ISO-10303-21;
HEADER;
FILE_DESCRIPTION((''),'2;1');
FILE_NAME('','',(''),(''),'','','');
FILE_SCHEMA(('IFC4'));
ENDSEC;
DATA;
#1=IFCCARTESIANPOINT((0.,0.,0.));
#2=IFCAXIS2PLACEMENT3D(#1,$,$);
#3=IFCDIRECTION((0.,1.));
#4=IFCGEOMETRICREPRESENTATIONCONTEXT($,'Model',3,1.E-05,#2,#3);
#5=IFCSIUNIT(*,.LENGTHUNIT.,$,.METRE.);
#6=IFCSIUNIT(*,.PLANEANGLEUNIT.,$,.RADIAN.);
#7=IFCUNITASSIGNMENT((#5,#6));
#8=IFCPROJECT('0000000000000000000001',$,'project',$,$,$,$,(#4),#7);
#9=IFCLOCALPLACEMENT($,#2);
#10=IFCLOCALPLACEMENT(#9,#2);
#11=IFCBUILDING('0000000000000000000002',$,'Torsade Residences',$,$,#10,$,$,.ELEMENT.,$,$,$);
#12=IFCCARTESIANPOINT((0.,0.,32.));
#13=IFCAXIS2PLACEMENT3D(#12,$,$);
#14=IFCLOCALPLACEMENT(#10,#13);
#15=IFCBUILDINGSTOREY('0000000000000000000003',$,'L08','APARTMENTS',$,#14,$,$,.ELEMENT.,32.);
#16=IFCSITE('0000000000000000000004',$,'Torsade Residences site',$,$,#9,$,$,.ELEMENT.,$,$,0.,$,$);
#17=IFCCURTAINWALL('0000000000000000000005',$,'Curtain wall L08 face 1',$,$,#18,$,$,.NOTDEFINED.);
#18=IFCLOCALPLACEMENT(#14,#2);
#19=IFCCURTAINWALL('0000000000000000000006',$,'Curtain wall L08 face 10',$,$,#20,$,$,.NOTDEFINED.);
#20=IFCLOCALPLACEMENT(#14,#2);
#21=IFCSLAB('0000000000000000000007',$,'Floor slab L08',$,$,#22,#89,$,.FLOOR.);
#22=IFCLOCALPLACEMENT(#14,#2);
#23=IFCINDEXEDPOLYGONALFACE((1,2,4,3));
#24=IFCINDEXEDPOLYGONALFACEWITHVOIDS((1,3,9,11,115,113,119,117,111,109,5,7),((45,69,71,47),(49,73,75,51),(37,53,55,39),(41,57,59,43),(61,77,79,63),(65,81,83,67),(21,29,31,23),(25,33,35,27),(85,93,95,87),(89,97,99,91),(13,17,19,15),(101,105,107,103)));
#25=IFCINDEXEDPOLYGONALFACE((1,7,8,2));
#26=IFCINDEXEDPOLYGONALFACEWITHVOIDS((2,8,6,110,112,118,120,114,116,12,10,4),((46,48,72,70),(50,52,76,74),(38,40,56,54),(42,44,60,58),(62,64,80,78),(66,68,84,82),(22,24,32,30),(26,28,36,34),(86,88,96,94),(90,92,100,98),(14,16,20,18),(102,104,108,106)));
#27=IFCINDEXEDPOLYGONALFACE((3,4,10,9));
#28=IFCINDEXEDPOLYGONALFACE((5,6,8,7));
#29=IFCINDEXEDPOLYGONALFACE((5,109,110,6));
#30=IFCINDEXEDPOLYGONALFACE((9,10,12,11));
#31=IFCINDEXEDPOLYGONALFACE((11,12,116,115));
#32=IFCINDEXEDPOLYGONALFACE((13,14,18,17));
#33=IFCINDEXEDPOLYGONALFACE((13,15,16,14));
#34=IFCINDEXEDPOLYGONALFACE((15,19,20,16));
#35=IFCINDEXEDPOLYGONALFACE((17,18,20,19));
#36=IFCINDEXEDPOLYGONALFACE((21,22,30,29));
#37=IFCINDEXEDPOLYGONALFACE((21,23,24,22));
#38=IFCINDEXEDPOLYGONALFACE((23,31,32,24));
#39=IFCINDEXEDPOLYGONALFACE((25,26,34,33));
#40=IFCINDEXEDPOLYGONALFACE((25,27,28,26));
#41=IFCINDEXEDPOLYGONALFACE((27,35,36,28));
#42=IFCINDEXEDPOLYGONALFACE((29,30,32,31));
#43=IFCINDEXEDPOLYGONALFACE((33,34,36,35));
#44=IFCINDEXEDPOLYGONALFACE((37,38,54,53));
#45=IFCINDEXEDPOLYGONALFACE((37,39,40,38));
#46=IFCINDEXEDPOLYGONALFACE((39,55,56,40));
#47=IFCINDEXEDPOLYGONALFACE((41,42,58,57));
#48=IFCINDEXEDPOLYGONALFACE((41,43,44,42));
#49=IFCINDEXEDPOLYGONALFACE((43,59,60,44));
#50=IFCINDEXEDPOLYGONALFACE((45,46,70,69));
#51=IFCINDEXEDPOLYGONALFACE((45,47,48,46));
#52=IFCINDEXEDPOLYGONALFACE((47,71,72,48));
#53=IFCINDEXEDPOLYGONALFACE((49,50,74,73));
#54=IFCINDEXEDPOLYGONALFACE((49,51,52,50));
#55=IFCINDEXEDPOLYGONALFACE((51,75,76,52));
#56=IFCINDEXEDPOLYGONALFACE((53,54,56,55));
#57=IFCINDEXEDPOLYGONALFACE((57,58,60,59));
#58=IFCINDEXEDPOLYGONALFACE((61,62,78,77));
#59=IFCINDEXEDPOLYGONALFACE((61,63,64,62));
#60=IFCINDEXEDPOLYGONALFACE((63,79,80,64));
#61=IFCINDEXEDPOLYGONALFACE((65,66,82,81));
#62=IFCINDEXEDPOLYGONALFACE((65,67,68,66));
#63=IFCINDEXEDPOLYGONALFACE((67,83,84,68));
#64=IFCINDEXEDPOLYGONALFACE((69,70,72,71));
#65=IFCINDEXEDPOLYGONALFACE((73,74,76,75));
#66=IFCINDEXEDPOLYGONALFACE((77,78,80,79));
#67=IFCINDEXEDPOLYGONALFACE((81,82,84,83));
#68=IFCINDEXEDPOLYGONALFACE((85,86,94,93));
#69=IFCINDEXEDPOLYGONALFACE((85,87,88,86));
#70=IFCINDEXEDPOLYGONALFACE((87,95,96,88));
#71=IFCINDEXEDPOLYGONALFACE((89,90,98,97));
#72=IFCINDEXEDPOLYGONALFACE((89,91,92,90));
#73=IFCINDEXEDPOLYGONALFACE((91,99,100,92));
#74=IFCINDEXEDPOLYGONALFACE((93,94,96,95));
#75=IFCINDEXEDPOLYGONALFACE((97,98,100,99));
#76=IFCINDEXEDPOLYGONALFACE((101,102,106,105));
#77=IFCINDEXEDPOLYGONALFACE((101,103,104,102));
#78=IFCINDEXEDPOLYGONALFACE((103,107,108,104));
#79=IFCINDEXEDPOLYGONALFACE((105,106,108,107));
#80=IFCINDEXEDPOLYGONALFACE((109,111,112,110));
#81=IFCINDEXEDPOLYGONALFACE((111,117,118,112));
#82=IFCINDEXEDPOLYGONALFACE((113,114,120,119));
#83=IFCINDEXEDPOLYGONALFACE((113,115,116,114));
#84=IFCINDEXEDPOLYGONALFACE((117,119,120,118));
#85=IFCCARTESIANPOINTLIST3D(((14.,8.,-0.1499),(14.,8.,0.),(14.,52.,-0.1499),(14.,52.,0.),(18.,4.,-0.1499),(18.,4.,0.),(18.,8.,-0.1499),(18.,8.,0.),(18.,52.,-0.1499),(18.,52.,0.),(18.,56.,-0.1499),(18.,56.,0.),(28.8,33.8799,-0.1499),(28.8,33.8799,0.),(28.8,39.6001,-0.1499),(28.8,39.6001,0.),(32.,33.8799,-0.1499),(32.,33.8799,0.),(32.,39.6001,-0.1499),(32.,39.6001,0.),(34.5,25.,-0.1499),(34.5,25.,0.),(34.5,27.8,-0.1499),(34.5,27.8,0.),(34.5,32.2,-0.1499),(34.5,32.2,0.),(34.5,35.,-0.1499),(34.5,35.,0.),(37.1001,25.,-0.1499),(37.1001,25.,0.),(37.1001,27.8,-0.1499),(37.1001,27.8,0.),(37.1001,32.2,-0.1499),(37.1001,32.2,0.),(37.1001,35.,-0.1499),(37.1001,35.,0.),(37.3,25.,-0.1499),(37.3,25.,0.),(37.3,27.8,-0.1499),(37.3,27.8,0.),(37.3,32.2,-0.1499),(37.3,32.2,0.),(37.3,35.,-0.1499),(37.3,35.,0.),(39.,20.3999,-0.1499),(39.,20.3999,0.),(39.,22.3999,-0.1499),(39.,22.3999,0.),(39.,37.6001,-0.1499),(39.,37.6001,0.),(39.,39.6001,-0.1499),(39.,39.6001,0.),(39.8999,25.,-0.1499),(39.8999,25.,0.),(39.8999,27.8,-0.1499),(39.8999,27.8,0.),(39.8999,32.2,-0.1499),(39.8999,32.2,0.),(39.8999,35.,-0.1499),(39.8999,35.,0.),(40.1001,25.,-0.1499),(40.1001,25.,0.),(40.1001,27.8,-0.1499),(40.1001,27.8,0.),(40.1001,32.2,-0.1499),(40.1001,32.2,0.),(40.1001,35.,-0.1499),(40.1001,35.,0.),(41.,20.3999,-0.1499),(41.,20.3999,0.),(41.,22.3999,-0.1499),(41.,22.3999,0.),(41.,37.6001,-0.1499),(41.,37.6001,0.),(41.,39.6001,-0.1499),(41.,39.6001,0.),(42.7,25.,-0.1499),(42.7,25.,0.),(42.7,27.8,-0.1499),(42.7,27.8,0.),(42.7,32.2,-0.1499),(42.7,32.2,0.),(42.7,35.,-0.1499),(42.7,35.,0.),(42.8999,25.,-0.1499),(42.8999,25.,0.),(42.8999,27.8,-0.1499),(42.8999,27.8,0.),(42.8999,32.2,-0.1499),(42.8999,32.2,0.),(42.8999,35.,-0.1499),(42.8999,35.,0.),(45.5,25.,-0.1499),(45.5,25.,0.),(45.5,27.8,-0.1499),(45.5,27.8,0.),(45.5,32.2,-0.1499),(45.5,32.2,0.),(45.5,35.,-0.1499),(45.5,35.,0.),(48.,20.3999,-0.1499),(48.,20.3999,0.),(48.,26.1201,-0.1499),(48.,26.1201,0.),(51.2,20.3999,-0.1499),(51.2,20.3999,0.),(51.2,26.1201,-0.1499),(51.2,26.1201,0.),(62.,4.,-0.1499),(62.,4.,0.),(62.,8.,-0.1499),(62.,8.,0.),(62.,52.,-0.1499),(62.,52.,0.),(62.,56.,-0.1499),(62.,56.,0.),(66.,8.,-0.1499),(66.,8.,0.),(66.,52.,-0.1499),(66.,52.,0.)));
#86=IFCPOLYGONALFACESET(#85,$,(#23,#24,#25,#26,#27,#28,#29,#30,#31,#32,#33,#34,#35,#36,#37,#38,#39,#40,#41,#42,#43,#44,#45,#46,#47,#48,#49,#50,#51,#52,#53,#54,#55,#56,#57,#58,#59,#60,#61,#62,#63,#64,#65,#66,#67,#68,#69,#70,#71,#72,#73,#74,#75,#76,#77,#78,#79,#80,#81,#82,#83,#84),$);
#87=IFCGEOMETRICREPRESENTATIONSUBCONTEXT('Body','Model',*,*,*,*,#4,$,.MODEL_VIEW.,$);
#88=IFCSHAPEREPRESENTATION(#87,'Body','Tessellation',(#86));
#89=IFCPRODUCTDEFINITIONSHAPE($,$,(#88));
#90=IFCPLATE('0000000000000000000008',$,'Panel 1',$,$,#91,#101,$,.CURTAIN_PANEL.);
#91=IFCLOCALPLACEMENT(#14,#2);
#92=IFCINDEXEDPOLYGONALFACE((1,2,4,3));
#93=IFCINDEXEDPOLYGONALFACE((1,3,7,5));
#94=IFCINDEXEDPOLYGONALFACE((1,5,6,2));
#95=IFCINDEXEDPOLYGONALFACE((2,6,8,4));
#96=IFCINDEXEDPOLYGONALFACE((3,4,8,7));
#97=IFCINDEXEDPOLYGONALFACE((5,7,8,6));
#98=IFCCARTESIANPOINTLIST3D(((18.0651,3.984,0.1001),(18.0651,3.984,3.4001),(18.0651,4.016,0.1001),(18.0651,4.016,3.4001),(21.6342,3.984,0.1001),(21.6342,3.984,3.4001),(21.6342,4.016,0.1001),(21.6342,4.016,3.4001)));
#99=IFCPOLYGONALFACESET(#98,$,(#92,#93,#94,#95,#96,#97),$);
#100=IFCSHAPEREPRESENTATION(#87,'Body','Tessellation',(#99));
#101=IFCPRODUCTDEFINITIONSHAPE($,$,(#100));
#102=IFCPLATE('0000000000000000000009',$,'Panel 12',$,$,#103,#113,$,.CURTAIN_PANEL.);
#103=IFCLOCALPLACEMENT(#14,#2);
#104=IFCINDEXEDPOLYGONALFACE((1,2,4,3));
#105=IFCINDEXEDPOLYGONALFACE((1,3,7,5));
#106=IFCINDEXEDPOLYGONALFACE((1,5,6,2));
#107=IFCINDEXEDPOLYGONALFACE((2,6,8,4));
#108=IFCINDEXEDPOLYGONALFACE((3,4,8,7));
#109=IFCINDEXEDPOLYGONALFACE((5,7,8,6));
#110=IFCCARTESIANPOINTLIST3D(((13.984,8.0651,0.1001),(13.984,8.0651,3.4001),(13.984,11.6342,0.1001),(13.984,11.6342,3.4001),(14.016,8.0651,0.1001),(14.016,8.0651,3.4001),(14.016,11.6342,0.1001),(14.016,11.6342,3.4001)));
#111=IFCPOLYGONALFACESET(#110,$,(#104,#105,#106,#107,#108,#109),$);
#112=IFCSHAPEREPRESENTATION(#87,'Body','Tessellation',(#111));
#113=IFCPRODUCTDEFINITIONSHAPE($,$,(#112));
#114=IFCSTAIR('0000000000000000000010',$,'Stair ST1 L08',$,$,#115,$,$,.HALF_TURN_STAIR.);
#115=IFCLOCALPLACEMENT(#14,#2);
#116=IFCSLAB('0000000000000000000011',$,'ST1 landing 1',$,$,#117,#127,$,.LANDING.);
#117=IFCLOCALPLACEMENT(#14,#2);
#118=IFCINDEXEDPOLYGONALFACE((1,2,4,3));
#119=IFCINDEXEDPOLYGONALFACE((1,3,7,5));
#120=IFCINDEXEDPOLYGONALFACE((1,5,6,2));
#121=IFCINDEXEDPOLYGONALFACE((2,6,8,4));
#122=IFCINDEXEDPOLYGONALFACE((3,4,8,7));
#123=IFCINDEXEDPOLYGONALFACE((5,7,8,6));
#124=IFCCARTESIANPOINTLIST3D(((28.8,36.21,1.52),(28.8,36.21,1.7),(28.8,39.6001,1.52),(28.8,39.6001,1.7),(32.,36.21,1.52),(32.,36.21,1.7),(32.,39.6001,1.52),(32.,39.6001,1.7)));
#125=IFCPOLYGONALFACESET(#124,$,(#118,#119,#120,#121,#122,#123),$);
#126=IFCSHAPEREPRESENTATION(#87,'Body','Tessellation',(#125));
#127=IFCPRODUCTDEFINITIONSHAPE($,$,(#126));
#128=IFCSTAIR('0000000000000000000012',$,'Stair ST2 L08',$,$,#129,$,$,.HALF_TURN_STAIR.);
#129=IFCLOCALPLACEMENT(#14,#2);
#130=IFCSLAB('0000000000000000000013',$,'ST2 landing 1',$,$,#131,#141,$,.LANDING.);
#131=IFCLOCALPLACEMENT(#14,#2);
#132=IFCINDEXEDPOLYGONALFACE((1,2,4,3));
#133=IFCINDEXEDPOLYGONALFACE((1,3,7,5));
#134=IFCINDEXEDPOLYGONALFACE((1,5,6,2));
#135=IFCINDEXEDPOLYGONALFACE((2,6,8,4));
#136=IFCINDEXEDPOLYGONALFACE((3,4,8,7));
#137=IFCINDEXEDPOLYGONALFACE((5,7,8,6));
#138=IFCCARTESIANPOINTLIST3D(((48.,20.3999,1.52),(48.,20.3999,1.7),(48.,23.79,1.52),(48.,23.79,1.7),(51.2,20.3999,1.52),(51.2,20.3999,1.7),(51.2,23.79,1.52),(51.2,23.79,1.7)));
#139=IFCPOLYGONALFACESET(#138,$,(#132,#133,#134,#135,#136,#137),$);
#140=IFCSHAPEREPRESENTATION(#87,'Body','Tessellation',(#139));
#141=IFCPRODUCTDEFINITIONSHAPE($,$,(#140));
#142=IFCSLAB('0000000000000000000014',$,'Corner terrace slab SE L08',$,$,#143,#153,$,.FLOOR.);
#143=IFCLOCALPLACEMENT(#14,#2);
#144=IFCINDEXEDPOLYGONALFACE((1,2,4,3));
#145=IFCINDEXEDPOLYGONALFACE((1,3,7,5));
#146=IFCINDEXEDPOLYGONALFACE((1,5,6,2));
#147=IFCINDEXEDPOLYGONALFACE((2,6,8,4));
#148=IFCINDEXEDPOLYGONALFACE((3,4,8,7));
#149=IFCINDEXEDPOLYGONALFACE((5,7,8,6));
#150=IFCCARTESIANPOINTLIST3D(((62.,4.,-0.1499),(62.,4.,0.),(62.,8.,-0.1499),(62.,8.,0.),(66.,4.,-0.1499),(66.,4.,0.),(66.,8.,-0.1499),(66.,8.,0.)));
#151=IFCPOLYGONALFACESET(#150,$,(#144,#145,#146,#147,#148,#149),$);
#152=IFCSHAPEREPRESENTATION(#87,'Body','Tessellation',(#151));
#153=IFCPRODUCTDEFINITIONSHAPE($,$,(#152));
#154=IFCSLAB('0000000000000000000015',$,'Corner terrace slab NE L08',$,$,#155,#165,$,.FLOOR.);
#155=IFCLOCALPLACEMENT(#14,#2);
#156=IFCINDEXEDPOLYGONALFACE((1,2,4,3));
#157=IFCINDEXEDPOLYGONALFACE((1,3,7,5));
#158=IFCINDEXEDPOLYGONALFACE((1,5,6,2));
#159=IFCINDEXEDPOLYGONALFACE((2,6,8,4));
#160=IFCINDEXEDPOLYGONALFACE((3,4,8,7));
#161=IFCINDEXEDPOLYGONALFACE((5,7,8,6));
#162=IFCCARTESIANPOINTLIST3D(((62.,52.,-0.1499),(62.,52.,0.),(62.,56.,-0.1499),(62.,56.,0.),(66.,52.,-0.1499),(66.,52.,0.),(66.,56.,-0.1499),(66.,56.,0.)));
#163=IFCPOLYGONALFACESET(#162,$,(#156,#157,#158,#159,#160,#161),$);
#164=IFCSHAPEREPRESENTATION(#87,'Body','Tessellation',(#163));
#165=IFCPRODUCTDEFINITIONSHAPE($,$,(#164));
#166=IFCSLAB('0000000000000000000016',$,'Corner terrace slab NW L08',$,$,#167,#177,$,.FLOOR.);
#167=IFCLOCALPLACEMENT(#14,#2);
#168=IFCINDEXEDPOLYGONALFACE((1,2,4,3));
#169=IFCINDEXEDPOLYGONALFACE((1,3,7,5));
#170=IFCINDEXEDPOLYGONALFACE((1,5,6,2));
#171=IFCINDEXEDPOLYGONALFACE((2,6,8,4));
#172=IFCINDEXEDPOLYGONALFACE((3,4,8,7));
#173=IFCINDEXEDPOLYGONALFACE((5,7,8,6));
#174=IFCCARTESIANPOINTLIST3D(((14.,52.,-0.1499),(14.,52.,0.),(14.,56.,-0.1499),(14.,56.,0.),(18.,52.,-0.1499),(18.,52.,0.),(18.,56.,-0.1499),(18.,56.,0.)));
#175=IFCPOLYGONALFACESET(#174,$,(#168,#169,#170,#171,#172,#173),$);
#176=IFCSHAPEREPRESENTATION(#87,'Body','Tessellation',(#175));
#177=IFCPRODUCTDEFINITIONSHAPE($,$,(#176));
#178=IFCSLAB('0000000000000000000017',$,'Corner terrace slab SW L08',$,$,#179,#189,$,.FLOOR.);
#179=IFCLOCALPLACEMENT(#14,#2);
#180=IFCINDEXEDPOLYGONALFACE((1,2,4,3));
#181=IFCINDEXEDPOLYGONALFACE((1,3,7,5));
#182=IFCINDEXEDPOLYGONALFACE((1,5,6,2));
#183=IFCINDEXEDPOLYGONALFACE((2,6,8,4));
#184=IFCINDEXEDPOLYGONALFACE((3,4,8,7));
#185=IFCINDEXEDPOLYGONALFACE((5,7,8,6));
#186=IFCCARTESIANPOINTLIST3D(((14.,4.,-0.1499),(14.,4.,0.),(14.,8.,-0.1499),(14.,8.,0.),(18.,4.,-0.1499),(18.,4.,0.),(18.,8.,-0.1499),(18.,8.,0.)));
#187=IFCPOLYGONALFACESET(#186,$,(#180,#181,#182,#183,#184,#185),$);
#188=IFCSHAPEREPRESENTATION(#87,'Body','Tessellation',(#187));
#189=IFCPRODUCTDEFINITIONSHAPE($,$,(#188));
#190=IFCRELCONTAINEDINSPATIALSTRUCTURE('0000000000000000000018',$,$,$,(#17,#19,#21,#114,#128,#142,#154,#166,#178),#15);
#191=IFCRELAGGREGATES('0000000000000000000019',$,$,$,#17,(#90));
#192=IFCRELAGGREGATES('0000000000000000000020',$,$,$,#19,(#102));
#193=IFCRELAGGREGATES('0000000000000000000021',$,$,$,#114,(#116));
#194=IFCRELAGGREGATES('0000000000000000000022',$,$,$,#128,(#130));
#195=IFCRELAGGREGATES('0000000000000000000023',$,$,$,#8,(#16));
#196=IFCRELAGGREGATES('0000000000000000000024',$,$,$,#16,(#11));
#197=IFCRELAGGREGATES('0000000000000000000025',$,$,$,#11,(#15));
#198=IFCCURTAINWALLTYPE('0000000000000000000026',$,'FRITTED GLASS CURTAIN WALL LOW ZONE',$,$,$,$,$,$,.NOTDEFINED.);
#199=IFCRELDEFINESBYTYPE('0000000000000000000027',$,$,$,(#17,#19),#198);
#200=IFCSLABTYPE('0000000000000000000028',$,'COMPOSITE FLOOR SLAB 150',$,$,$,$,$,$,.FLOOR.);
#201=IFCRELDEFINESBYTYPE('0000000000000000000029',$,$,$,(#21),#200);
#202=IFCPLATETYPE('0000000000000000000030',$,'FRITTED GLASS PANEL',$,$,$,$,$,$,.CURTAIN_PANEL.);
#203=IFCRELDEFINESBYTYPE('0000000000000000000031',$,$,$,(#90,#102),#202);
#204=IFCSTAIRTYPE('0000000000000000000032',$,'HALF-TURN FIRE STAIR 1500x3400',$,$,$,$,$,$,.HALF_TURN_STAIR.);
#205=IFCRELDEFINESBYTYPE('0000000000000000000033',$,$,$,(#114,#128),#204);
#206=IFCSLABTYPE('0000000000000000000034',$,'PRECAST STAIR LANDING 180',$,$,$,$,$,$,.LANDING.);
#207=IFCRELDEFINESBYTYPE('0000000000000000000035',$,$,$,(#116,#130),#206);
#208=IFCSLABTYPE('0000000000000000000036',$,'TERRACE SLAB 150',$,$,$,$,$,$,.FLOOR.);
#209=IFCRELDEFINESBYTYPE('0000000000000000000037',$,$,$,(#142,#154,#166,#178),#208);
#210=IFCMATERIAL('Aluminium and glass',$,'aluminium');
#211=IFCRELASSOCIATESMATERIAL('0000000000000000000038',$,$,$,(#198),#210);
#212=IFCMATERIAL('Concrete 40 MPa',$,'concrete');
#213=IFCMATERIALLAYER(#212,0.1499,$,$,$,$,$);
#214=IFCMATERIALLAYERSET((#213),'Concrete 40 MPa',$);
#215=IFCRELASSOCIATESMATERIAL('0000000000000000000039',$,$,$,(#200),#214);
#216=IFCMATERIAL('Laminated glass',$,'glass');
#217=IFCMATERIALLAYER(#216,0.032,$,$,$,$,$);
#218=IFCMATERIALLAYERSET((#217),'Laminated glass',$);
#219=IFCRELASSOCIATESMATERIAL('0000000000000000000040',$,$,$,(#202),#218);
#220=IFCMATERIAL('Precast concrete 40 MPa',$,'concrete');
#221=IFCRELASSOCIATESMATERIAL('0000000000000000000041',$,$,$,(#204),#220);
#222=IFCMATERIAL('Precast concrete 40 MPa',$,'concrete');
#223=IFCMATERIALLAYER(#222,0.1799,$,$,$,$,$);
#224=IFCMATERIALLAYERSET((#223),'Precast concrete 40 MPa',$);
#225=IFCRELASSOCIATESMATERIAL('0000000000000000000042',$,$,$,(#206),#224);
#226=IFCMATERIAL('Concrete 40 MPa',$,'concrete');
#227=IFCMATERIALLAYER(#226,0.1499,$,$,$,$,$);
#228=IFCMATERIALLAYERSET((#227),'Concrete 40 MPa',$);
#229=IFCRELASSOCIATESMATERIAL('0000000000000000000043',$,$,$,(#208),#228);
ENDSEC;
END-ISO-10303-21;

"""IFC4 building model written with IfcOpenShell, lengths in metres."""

from ifc_helpers import new_model, si_unit, direction, frame, origin, origin_2d, place, context, subcontext, project, spatial, polyline, rectangle, outline, extrude, material, layer, layer_set, type_object, element, aggregate, save


model = new_model("IFC4")

# Units and contexts
model_context = context("Model", 3, precision=1e-05, world=origin(), true_north=direction((0.0, 1.0)))
body_context = subcontext(model_context, "Body", "Model", "MODEL_VIEW")
ifc_project = project(units=[si_unit("LENGTHUNIT", "METRE"), si_unit("PLANEANGLEUNIT", "RADIAN")], contexts=[model_context])

# Site, building, storey
site_placement = place(None, origin())
site = spatial("IfcSite", under=ifc_project, at=site_placement, Name="Torsade Residences site", CompositionType="ELEMENT", RefElevation=0.0)
building_placement = place(site_placement, origin())
building = spatial("IfcBuilding", under=site, at=building_placement, Name="Torsade Residences", CompositionType="ELEMENT")
storey_placement = place(building_placement, frame((0.0, 0.0, 32.0)))
storey = spatial("IfcBuildingStorey", under=building, at=storey_placement, Name="L08", Description="APARTMENTS", CompositionType="ELEMENT", Elevation=32.0)

# Curtain wall
ifc_material_1 = material(Name="Aluminium and glass", Category="aluminium")
curtain_wall_type = type_object("IfcCurtainWallType", Name="FRITTED GLASS CURTAIN WALL LOW ZONE", PredefinedType="NOTDEFINED", material=ifc_material_1)
curtain_wall_1_placement = place(storey_placement, origin())
curtain_wall_1 = element("IfcCurtainWall", 1, at=curtain_wall_1_placement, inside=storey, type_object=curtain_wall_type, Name="Curtain wall L08 face 1", PredefinedType="NOTDEFINED")

# Curtain wall
curtain_wall_2_placement = place(storey_placement, origin())
curtain_wall_2 = element("IfcCurtainWall", 2, at=curtain_wall_2_placement, inside=storey, type_object=curtain_wall_type, Name="Curtain wall L08 face 10", PredefinedType="NOTDEFINED")

# Slab
ifc_material_2 = material(Name="Concrete 40 MPa", Category="concrete")
ifc_layer_1 = layer(ifc_material_2, 0.1499)
ifc_layer_set_1 = layer_set([ifc_layer_1], Name="Concrete 40 MPa")
slab_type_1 = type_object("IfcSlabType", Name="COMPOSITE FLOOR SLAB 150", PredefinedType="FLOOR", material=ifc_layer_set_1)
slab_1_placement = place(storey_placement, frame((0.0, 0.0, -0.1499)))
element("IfcSlab", 3, at=slab_1_placement, inside=storey, type_object=slab_type_1, Name="Floor slab L08", PredefinedType="FLOOR", context=body_context, shape_type="SweptSolid", body=[
    extrude(outline(polyline([(18.0, 4.0), (62.0, 4.0), (62.0, 8.0), (66.0, 8.0), (66.0, 52.0), (62.0, 52.0), (62.0, 56.0), (18.0, 56.0), (18.0, 52.0), (14.0, 52.0), (14.0, 8.0), (18.0, 8.0), (18.0, 4.0)]), holes=[polyline([(51.2, 20.3999), (51.2, 26.1201), (48.0, 26.1201), (48.0, 20.3999), (51.2, 20.3999)]), polyline([(45.5, 27.8), (42.8999, 27.8), (42.8999, 25.0), (45.5, 25.0), (45.5, 27.8)]), polyline([(45.5, 32.2), (45.5, 35.0), (42.8999, 35.0), (42.8999, 32.2), (45.5, 32.2)]), polyline([(42.7, 25.0), (42.7, 27.8), (40.1001, 27.8), (40.1001, 25.0), (42.7, 25.0)]), polyline([(42.7, 32.2), (42.7, 35.0), (40.1001, 35.0), (40.1001, 32.2), (42.7, 32.2)]), polyline([(41.0, 22.3999), (39.0, 22.3999), (39.0, 20.3999), (41.0, 20.3999), (41.0, 22.3999)]), polyline([(41.0, 37.6001), (41.0, 39.6001), (39.0, 39.6001), (39.0, 37.6001), (41.0, 37.6001)]), polyline([(39.8999, 25.0), (39.8999, 27.8), (37.3, 27.8), (37.3, 25.0), (39.8999, 25.0)]), polyline([(39.8999, 35.0), (37.3, 35.0), (37.3, 32.2), (39.8999, 32.2), (39.8999, 35.0)]), polyline([(37.1001, 27.8), (34.5, 27.8), (34.5, 25.0), (37.1001, 25.0), (37.1001, 27.8)]), polyline([(37.1001, 32.2), (37.1001, 35.0), (34.5, 35.0), (34.5, 32.2), (37.1001, 32.2)]), polyline([(32.0, 33.8799), (32.0, 39.6001), (28.8, 39.6001), (28.8, 33.8799), (32.0, 33.8799)])]), origin(), (0.0, 0.0, 1.0), 0.1499),
])

# Plates
ifc_material_3 = material(Name="Laminated glass", Category="glass")
ifc_layer_2 = layer(ifc_material_3, 0.032)
ifc_layer_set_2 = layer_set([ifc_layer_2], Name="Laminated glass")
plate_type = type_object("IfcPlateType", Name="FRITTED GLASS PANEL", PredefinedType="CURTAIN_PANEL", material=ifc_layer_set_2)
plate_1_placement = place(storey_placement, frame((19.8496, 4.0, 0.1001), z_axis=(0.0, 0.0, 1.0), x_axis=(1.0, 0.0, 0.0)))
plate_1 = element("IfcPlate", 4, at=plate_1_placement, type_object=plate_type, Name="Panel 1", PredefinedType="CURTAIN_PANEL", context=body_context, shape_type="SweptSolid", body=[
    extrude(rectangle(XDim=3.5691, YDim=0.032, at=origin_2d()), origin(), (0.0, 0.0, 1.0), 3.3),
])
aggregate(curtain_wall_1, [plate_1])
plate_2_placement = place(storey_placement, frame((14.0, 9.8496, 0.1001), z_axis=(0.0, 0.0, 1.0), x_axis=(0.0, -1.0, 0.0)))
plate_2 = element("IfcPlate", 5, at=plate_2_placement, type_object=plate_type, Name="Panel 12", PredefinedType="CURTAIN_PANEL", context=body_context, shape_type="SweptSolid", body=[
    extrude(rectangle(XDim=3.5691, YDim=0.032, at=origin_2d()), origin(), (0.0, 0.0, 1.0), 3.3),
])
aggregate(curtain_wall_2, [plate_2])

# Stairs, slabs
ifc_material_4 = material(Name="Precast concrete 40 MPa", Category="concrete")
stair_type = type_object("IfcStairType", Name="HALF-TURN FIRE STAIR 1500x3400", PredefinedType="HALF_TURN_STAIR", material=ifc_material_4)
stair_1_placement = place(storey_placement, origin())
stair_1 = element("IfcStair", 6, at=stair_1_placement, inside=storey, type_object=stair_type, Name="Stair ST1 L08", PredefinedType="HALF_TURN_STAIR")
ifc_material_5 = material(Name="Precast concrete 40 MPa", Category="concrete")
ifc_layer_3 = layer(ifc_material_5, 0.1799)
ifc_layer_set_3 = layer_set([ifc_layer_3], Name="Precast concrete 40 MPa")
slab_type_2 = type_object("IfcSlabType", Name="PRECAST STAIR LANDING 180", PredefinedType="LANDING", material=ifc_layer_set_3)
slab_2_placement = place(storey_placement, frame((0.0, 0.0, 1.52)))
slab_2 = element("IfcSlab", 7, at=slab_2_placement, type_object=slab_type_2, Name="ST1 landing 1", PredefinedType="LANDING", context=body_context, shape_type="SweptSolid", body=[
    extrude(outline(polyline([(28.8, 36.21), (32.0, 36.21), (32.0, 39.6001), (28.8, 39.6001), (28.8, 36.21)])), origin(), (0.0, 0.0, 1.0), 0.1799),
])
aggregate(stair_1, [slab_2])
stair_2_placement = place(storey_placement, origin())
stair_2 = element("IfcStair", 8, at=stair_2_placement, inside=storey, type_object=stair_type, Name="Stair ST2 L08", PredefinedType="HALF_TURN_STAIR")
slab_3_placement = place(storey_placement, frame((0.0, 0.0, 1.52)))
slab_3 = element("IfcSlab", 9, at=slab_3_placement, type_object=slab_type_2, Name="ST2 landing 1", PredefinedType="LANDING", context=body_context, shape_type="SweptSolid", body=[
    extrude(outline(polyline([(48.0, 20.3999), (51.2, 20.3999), (51.2, 23.79), (48.0, 23.79), (48.0, 20.3999)])), origin(), (0.0, 0.0, 1.0), 0.1799),
])
aggregate(stair_2, [slab_3])

# Slabs
ifc_material_6 = material(Name="Concrete 40 MPa", Category="concrete")
ifc_layer_4 = layer(ifc_material_6, 0.1499)
ifc_layer_set_4 = layer_set([ifc_layer_4], Name="Concrete 40 MPa")
slab_type_3 = type_object("IfcSlabType", Name="TERRACE SLAB 150", PredefinedType="FLOOR", material=ifc_layer_set_4)
slab_4_placement = place(storey_placement, frame((0.0, 0.0, -0.1499)))
element("IfcSlab", 10, at=slab_4_placement, inside=storey, type_object=slab_type_3, Name="Corner terrace slab SE L08", PredefinedType="FLOOR", context=body_context, shape_type="SweptSolid", body=[
    extrude(outline(polyline([(62.0, 4.0), (66.0, 4.0), (66.0, 8.0), (62.0, 8.0), (62.0, 4.0)])), origin(), (0.0, 0.0, 1.0), 0.1499),
])
slab_5_placement = place(storey_placement, frame((0.0, 0.0, -0.1499)))
element("IfcSlab", 11, at=slab_5_placement, inside=storey, type_object=slab_type_3, Name="Corner terrace slab NE L08", PredefinedType="FLOOR", context=body_context, shape_type="SweptSolid", body=[
    extrude(outline(polyline([(62.0, 52.0), (66.0, 52.0), (66.0, 56.0), (62.0, 56.0), (62.0, 52.0)])), origin(), (0.0, 0.0, 1.0), 0.1499),
])
slab_6_placement = place(storey_placement, frame((0.0, 0.0, -0.1499)))
element("IfcSlab", 12, at=slab_6_placement, inside=storey, type_object=slab_type_3, Name="Corner terrace slab NW L08", PredefinedType="FLOOR", context=body_context, shape_type="SweptSolid", body=[
    extrude(outline(polyline([(14.0, 52.0), (18.0, 52.0), (18.0, 56.0), (14.0, 56.0), (14.0, 52.0)])), origin(), (0.0, 0.0, 1.0), 0.1499),
])
slab_7_placement = place(storey_placement, frame((0.0, 0.0, -0.1499)))
element("IfcSlab", 13, at=slab_7_placement, inside=storey, type_object=slab_type_3, Name="Corner terrace slab SW L08", PredefinedType="FLOOR", context=body_context, shape_type="SweptSolid", body=[
    extrude(outline(polyline([(14.0, 4.0), (18.0, 4.0), (18.0, 8.0), (14.0, 8.0), (14.0, 4.0)])), origin(), (0.0, 0.0, 1.0), 0.1499),
])

save(model, "model.ifc")
